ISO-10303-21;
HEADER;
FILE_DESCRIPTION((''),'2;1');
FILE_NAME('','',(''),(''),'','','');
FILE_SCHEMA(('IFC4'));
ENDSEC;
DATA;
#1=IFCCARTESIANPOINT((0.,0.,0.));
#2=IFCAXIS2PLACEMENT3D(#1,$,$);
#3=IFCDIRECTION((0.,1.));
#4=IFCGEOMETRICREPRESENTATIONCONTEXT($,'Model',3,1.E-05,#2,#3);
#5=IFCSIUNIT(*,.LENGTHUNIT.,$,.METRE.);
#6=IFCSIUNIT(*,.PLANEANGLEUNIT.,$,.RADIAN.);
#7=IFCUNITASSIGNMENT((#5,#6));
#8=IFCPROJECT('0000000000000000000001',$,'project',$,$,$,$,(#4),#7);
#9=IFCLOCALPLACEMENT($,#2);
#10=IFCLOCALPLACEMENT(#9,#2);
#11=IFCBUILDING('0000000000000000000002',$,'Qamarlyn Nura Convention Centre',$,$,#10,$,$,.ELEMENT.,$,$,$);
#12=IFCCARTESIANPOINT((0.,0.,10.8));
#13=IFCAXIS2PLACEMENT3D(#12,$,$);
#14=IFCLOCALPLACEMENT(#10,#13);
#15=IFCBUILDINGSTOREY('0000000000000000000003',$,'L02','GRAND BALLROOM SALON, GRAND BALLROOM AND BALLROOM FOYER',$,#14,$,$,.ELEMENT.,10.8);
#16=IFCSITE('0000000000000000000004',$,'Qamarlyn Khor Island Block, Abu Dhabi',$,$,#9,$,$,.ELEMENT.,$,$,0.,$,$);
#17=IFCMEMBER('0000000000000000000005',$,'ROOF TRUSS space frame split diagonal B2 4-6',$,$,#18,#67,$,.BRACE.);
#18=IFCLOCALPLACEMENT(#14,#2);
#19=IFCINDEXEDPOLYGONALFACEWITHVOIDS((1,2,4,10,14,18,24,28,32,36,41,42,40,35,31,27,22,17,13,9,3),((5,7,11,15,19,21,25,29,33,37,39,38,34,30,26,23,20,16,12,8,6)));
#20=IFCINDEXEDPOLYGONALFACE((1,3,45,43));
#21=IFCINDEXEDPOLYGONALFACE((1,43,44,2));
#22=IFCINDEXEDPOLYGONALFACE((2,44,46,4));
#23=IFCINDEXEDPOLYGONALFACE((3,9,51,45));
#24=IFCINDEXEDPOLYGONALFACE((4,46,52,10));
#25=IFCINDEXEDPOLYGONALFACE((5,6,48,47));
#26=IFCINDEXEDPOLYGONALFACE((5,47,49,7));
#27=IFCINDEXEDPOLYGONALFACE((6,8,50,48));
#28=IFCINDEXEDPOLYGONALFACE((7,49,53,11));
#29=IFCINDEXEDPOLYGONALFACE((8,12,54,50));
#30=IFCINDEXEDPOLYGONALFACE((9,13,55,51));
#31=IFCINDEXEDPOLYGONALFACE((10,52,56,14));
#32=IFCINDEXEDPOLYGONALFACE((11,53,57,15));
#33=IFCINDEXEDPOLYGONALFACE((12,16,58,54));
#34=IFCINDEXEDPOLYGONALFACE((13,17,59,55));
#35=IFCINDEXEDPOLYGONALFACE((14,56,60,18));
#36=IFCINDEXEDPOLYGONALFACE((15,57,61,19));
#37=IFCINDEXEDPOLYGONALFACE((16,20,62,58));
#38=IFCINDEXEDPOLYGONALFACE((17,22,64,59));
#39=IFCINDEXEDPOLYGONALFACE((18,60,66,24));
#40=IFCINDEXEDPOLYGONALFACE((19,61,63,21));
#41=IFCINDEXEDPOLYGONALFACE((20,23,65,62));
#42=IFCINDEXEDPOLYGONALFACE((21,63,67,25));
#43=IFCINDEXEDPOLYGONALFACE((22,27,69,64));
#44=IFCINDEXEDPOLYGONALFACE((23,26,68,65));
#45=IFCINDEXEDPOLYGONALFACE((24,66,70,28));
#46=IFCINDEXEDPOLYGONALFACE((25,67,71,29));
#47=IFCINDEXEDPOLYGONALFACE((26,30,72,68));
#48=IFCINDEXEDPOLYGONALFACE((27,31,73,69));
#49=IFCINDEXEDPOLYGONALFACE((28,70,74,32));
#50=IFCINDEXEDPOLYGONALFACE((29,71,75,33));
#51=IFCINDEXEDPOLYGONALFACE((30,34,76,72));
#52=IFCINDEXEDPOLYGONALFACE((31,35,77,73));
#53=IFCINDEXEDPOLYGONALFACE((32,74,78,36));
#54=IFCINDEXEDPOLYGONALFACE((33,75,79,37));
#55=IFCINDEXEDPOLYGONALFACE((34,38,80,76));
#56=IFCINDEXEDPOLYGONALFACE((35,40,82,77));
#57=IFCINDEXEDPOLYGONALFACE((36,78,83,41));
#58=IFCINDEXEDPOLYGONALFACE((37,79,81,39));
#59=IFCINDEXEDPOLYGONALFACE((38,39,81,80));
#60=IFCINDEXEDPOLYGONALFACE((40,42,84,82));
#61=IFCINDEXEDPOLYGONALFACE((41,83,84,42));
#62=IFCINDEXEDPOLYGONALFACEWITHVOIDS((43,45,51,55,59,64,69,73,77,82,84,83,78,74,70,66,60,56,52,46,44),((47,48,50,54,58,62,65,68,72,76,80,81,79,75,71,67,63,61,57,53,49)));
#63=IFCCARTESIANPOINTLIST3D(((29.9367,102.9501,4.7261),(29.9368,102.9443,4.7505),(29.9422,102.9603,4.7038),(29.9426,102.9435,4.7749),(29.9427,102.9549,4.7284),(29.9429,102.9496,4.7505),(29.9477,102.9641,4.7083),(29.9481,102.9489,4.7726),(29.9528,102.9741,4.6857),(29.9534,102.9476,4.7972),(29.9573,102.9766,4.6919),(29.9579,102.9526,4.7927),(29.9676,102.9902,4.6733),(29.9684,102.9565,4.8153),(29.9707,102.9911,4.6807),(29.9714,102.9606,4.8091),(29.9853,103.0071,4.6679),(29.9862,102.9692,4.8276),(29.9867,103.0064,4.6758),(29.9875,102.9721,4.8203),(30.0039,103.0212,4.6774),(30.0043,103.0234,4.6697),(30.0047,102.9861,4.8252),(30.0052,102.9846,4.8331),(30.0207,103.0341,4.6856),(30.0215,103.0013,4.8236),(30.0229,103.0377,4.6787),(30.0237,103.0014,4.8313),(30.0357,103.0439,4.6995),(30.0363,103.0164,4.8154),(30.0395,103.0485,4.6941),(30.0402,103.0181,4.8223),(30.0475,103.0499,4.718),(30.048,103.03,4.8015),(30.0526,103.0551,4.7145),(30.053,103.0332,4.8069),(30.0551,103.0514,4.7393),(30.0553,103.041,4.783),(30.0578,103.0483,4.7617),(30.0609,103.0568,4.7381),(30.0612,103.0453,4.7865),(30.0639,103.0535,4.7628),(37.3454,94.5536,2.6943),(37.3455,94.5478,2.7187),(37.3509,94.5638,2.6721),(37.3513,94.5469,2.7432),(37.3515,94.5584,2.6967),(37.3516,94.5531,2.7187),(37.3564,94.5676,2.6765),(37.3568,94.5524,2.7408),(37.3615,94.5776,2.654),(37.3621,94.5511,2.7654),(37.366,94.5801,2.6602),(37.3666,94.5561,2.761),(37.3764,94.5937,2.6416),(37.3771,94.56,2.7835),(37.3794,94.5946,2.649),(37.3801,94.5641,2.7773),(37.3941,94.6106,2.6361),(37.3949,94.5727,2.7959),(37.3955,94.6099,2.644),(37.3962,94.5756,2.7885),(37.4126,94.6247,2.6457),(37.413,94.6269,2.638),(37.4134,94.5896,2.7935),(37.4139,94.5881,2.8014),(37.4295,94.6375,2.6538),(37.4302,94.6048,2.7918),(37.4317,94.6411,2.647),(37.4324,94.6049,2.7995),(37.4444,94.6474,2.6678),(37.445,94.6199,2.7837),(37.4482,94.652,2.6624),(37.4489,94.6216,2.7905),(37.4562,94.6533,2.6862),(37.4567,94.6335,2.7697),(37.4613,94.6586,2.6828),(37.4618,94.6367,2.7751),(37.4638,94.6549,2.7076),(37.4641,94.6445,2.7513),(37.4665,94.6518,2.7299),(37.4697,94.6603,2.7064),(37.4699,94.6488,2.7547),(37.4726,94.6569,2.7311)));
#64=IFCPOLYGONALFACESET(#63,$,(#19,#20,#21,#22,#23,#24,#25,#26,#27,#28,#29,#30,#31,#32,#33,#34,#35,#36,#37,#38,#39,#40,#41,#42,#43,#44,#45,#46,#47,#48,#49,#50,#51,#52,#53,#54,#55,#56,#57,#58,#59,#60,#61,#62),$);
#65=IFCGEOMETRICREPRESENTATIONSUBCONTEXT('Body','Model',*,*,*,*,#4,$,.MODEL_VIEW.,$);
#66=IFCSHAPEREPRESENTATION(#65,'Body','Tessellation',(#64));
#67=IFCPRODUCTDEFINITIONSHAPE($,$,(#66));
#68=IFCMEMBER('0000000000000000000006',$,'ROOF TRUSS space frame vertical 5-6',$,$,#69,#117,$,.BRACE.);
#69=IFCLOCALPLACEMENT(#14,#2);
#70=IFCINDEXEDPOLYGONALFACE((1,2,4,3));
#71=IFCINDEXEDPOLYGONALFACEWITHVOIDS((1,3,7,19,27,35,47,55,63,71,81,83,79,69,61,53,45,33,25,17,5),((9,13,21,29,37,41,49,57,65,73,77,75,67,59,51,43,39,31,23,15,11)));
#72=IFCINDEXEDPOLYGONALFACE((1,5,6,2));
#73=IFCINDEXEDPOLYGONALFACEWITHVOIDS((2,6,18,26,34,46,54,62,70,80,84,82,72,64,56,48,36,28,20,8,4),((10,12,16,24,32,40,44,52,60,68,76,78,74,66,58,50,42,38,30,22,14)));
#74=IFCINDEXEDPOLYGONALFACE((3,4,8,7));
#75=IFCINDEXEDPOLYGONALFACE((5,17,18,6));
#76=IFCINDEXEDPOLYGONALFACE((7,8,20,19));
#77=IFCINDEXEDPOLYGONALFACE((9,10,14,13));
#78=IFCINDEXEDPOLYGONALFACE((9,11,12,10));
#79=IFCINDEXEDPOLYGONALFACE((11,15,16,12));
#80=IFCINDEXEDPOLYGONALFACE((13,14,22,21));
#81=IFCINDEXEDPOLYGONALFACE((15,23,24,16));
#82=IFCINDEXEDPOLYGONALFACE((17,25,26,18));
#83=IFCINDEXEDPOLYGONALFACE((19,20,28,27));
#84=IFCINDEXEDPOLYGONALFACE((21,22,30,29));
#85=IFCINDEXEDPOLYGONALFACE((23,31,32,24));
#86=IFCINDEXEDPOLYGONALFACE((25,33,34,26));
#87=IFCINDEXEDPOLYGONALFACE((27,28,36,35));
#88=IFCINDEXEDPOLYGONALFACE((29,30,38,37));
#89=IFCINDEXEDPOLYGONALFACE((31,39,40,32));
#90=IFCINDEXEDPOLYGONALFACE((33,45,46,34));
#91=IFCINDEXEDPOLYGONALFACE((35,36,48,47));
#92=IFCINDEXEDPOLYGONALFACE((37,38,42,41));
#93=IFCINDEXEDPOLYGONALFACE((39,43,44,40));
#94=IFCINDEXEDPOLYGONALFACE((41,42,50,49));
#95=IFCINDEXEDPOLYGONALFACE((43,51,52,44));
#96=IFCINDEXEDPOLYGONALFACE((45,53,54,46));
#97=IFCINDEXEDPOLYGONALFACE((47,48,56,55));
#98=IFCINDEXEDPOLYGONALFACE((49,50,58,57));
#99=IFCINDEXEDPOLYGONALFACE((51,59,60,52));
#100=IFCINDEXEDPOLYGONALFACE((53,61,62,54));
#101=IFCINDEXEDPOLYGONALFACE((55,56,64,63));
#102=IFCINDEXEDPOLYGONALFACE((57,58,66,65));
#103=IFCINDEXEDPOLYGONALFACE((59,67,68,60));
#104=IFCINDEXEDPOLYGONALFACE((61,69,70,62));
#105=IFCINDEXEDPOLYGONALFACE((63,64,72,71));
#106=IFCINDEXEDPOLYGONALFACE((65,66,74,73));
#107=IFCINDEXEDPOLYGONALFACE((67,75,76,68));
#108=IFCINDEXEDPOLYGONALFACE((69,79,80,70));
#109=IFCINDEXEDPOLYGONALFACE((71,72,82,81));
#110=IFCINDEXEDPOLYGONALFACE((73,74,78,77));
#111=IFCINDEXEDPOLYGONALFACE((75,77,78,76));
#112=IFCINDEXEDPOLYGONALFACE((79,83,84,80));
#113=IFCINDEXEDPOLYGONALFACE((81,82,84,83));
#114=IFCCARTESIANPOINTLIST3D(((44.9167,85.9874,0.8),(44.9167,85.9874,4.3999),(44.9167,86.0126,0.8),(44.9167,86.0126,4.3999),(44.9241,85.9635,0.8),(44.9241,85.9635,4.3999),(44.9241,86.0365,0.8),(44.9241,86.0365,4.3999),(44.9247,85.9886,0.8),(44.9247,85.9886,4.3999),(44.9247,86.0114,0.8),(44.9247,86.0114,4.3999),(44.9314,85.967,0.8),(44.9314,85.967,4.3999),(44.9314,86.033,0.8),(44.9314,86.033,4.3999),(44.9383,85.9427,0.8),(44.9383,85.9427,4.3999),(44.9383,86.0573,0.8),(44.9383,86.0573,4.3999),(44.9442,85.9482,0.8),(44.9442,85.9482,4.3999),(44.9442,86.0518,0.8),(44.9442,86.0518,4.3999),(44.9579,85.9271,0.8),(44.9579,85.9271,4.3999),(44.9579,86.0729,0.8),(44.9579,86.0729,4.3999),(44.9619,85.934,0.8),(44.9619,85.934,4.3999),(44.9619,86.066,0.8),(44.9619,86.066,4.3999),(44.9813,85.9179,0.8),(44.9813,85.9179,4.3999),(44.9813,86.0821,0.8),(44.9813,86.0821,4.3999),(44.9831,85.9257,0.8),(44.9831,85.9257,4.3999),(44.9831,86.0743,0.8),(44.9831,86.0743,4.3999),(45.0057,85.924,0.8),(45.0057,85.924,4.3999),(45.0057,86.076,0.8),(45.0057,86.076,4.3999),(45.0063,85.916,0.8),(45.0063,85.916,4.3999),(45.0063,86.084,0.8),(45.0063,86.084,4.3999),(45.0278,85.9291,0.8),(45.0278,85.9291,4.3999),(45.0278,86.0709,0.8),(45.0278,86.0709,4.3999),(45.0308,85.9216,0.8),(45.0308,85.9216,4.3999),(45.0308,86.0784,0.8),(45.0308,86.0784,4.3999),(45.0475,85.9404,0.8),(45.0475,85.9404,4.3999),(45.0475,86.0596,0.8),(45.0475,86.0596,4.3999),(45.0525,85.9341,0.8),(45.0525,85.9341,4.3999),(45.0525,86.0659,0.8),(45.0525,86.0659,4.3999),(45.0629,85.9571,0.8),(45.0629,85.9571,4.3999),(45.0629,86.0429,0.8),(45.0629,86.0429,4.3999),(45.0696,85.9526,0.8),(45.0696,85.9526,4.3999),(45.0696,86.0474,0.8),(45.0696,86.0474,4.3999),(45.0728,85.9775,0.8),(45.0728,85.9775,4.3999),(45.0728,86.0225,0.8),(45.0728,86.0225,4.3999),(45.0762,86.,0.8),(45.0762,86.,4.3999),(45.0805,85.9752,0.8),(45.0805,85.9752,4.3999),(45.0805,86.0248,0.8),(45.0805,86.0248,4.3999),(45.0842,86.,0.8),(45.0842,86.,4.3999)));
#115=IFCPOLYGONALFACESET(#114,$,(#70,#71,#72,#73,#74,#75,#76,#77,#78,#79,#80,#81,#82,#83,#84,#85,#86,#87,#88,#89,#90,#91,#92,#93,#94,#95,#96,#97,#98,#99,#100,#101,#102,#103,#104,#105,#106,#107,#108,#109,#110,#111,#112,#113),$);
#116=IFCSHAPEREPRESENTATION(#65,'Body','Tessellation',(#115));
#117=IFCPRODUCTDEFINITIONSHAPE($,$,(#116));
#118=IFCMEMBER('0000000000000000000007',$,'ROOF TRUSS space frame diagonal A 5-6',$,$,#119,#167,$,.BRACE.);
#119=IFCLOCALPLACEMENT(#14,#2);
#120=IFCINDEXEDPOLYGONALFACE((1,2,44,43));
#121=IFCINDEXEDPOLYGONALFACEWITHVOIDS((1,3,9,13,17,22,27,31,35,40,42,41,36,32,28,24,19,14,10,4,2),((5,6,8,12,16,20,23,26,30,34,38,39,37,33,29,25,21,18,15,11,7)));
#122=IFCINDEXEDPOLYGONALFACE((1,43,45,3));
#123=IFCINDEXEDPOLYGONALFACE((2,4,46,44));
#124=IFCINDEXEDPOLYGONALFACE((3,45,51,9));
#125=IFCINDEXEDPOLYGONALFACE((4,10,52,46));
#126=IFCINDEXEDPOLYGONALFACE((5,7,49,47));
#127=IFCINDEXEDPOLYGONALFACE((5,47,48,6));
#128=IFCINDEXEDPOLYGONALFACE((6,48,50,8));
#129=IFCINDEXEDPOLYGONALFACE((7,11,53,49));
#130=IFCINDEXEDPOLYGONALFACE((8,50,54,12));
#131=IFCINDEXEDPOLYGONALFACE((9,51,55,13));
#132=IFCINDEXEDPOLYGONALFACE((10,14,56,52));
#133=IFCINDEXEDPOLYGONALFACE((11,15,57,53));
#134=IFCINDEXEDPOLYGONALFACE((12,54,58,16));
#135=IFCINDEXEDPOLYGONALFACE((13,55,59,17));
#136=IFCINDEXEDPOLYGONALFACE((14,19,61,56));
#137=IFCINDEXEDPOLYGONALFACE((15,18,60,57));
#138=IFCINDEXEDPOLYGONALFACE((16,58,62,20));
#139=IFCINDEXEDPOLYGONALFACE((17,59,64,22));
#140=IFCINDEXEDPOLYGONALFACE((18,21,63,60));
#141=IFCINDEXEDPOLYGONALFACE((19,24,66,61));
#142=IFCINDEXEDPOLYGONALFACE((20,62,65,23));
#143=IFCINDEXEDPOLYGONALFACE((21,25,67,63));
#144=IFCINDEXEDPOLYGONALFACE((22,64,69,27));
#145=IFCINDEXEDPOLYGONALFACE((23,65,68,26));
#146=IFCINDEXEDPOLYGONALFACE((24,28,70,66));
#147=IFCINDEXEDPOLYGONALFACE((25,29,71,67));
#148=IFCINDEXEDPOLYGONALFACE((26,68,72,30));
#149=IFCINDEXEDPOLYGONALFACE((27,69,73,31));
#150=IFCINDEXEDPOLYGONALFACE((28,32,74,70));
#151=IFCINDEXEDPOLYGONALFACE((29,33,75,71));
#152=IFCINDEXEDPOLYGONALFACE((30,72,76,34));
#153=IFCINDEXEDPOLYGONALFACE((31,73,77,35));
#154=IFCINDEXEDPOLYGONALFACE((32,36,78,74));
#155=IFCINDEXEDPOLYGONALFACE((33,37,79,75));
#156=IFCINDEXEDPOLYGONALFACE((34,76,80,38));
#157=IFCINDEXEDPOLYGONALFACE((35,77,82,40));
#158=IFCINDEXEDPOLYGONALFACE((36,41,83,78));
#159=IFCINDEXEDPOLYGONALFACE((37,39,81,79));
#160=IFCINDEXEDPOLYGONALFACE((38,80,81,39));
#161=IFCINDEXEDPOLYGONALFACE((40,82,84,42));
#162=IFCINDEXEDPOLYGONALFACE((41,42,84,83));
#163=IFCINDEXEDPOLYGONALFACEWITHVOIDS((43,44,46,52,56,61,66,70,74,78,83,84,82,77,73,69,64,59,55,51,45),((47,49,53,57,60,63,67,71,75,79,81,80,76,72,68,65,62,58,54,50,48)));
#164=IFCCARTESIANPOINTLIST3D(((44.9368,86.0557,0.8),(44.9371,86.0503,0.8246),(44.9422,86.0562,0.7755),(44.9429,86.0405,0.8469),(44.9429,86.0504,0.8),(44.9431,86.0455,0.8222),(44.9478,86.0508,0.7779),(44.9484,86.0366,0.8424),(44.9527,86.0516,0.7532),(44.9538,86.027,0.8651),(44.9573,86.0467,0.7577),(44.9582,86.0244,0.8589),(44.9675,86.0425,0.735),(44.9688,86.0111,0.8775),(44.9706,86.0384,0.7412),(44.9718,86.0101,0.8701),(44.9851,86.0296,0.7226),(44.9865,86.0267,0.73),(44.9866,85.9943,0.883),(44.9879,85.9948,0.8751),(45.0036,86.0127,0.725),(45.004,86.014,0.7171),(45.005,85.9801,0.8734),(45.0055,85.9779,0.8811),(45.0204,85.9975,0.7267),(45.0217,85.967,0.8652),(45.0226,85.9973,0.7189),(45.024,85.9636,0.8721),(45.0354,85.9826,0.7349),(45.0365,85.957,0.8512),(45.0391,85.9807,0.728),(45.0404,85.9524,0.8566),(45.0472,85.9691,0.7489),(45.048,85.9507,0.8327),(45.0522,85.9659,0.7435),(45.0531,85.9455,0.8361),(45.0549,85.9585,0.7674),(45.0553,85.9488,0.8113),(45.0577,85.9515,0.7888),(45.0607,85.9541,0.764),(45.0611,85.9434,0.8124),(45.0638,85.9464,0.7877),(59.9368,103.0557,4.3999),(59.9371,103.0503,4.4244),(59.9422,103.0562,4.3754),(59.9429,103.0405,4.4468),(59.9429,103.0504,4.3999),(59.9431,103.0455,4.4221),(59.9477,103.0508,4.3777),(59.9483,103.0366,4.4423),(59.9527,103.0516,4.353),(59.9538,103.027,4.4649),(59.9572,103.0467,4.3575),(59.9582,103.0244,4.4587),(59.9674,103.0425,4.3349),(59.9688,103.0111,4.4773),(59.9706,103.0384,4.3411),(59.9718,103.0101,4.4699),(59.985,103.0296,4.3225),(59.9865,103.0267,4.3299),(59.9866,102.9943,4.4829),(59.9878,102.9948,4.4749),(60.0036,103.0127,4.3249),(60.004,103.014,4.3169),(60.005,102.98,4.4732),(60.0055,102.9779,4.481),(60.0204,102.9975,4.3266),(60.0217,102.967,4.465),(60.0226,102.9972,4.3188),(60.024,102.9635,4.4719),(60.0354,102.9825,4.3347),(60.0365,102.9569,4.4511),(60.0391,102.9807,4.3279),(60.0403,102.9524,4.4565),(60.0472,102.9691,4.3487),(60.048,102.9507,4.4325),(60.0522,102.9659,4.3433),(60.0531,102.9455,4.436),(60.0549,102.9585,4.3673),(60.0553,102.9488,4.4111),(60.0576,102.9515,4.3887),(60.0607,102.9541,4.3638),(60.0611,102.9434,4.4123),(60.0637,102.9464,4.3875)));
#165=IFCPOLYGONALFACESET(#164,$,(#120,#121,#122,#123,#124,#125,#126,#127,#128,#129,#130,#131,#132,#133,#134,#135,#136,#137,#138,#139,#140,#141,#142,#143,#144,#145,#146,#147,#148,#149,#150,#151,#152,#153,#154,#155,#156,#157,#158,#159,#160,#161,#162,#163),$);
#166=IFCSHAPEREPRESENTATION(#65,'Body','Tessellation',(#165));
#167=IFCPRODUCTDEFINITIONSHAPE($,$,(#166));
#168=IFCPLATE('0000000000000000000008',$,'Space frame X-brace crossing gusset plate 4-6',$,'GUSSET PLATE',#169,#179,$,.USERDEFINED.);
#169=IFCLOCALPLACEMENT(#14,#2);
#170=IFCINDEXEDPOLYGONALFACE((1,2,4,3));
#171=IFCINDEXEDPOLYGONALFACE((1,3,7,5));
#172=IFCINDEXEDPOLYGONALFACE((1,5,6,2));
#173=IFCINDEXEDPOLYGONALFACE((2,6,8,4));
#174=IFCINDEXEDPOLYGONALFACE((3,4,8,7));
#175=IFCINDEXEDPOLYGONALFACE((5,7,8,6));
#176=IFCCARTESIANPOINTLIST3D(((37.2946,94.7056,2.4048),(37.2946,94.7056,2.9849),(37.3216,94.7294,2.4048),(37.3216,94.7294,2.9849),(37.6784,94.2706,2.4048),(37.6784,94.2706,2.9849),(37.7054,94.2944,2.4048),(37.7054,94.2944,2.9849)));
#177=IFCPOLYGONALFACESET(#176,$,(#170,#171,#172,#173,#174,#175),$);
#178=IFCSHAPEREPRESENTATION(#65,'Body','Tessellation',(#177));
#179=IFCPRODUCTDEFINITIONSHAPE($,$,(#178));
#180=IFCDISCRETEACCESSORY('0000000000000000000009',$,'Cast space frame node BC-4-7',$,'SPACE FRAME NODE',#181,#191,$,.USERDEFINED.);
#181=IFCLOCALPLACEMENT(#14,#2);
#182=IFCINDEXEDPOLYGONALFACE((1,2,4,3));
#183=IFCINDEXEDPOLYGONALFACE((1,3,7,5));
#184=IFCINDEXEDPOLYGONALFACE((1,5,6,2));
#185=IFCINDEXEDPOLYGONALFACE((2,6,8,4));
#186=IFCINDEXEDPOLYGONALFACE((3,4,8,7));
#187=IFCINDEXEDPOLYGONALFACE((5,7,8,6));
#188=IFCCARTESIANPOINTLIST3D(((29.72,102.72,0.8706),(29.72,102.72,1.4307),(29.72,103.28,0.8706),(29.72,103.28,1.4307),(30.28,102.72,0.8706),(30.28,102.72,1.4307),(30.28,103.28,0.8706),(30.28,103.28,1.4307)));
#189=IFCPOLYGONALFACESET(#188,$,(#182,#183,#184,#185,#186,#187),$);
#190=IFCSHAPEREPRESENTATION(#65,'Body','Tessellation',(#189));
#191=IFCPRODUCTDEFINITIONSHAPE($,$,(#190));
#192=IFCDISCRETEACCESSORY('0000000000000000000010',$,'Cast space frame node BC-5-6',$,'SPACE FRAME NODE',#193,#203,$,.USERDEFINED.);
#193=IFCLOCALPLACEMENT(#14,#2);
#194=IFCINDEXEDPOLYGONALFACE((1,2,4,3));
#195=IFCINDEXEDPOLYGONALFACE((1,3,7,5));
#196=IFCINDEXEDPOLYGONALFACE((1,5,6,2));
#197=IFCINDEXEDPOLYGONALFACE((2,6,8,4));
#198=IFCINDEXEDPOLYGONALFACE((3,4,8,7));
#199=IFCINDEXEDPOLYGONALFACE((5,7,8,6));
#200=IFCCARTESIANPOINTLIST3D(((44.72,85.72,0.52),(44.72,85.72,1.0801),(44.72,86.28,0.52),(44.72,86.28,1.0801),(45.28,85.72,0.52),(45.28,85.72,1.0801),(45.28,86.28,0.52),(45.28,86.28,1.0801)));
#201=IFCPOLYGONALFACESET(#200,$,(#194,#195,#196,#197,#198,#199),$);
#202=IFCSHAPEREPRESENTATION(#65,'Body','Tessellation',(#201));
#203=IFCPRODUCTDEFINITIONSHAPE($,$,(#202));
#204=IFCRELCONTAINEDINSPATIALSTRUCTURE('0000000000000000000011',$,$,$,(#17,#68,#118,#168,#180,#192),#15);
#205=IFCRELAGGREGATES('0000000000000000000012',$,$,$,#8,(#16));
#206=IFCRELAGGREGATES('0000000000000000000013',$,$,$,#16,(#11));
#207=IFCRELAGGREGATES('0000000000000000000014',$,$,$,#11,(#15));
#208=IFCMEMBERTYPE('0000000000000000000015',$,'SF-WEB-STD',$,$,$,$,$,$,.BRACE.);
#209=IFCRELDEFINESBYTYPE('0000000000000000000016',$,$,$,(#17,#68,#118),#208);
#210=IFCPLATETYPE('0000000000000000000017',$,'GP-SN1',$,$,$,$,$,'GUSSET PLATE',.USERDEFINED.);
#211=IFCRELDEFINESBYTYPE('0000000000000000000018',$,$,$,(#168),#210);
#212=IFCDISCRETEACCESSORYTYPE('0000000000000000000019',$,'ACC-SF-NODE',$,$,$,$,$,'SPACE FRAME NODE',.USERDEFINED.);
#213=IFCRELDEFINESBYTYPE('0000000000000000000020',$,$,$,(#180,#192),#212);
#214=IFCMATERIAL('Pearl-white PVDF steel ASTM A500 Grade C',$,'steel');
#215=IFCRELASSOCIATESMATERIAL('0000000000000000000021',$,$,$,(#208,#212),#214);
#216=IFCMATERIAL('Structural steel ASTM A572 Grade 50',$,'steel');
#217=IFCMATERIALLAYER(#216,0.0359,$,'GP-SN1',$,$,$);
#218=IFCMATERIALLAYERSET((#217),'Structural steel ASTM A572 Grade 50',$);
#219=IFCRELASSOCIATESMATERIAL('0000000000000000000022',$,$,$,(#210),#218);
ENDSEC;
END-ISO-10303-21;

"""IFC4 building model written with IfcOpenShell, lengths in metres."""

from ifc_helpers import new_model, si_unit, direction, frame, origin, origin_2d, place, context, subcontext, project, spatial, rectangle, hollow_circle, extrude, material, layer, layer_set, material_profile, profile_set, type_object, element, save


model = new_model("IFC4")

# Units and contexts
model_context = context("Model", 3, precision=1e-05, world=origin(), true_north=direction((0.0, 1.0)))
body_context = subcontext(model_context, "Body", "Model", "MODEL_VIEW")
ifc_project = project(units=[si_unit("LENGTHUNIT", "METRE"), si_unit("PLANEANGLEUNIT", "RADIAN")], contexts=[model_context])

# Site, building, storey
site_placement = place(None, origin())
site = spatial("IfcSite", under=ifc_project, at=site_placement, Name="Qamarlyn Khor Island Block, Abu Dhabi", CompositionType="ELEMENT", RefElevation=0.0)
building_placement = place(site_placement, origin())
building = spatial("IfcBuilding", under=site, at=building_placement, Name="Qamarlyn Nura Convention Centre", CompositionType="ELEMENT")
storey_placement = place(building_placement, frame((0.0, 0.0, 10.8)))
storey = spatial("IfcBuildingStorey", under=building, at=storey_placement, Name="L02", Description="GRAND BALLROOM SALON, GRAND BALLROOM AND BALLROOM FOYER", CompositionType="ELEMENT", Elevation=10.8)

# Shared definitions
ifc_material_1 = material(Name="Pearl-white PVDF steel ASTM A500 Grade C", Category="steel")

# Members
ifc_material_profile_1 = material_profile(ifc_material_1, hollow_circle(Radius=0.0842, WallThickness=0.0081, at=origin_2d()), Name="CHS168.3X8")
ifc_profile_set_1 = profile_set([ifc_material_profile_1], Name="Pearl-white PVDF steel ASTM A500 Grade C")
member_type_1 = type_object("IfcMemberType", Name="SF-WEB-STD", PredefinedType="BRACE", material=ifc_profile_set_1)
member_1_placement = place(storey_placement, frame((37.4087, 94.6035, 2.7188), z_axis=(-0.650994, 0.73779, 0.178527), x_axis=(-0.749837, -0.661623, 0.0)))
element("IfcMember", 1, at=member_1_placement, inside=storey, type_object=member_type_1, Name="ROOF TRUSS space frame split diagonal B2 4-6", PredefinedType="BRACE", context=body_context, shape_type="SweptSolid", body=[
    extrude(hollow_circle(Radius=0.0842, WallThickness=0.0081, at=origin_2d()), origin(), (0.0, 0.0, 1.0), 11.3806),
])
member_2_placement = place(storey_placement, frame((45.0, 86.0, 0.8), z_axis=(0.0, 0.0, 1.0), x_axis=(1.0, 0.0, 0.0)))
element("IfcMember", 2, at=member_2_placement, inside=storey, type_object=member_type_1, Name="ROOF TRUSS space frame vertical 5-6", PredefinedType="BRACE", context=body_context, shape_type="SweptSolid", body=[
    extrude(hollow_circle(Radius=0.0842, WallThickness=0.0081, at=origin_2d()), origin(), (0.0, 0.0, 1.0), 3.5999),
])
member_3_placement = place(storey_placement, frame((45.0, 86.0, 0.8), z_axis=(0.653436, 0.74056, 0.156818), x_axis=(-0.749838, 0.661622, 0.0)))
element("IfcMember", 3, at=member_3_placement, inside=storey, type_object=member_type_1, Name="ROOF TRUSS space frame diagonal A 5-6", PredefinedType="BRACE", context=body_context, shape_type="SweptSolid", body=[
    extrude(hollow_circle(Radius=0.0842, WallThickness=0.0081, at=origin_2d()), origin(), (0.0, 0.0, 1.0), 22.9556),
])

# Plate
ifc_material_2 = material(Name="Structural steel ASTM A572 Grade 50", Category="steel")
ifc_layer = layer(ifc_material_2, 0.0359, Name="GP-SN1")
ifc_layer_set = layer_set([ifc_layer], Name="Structural steel ASTM A572 Grade 50")
plate_type = type_object("IfcPlateType", Name="GP-SN1", ElementType="GUSSET PLATE", PredefinedType="USERDEFINED", material=ifc_layer_set)
plate_placement = place(storey_placement, frame((37.5, 94.5, 2.4048), z_axis=(0.0, 0.0, 1.0), x_axis=(-0.661622, 0.749837, 0.0)))
element("IfcPlate", 4, at=plate_placement, inside=storey, type_object=plate_type, Name="Space frame X-brace crossing gusset plate 4-6", ObjectType="GUSSET PLATE", PredefinedType="USERDEFINED", context=body_context, shape_type="SweptSolid", body=[
    extrude(rectangle(XDim=0.5801, YDim=0.0359, at=origin_2d()), origin(), (0.0, 0.0, 1.0), 0.5801),
])

# Discrete accessories
discrete_accessory_type = type_object("IfcDiscreteAccessoryType", Name="ACC-SF-NODE", ElementType="SPACE FRAME NODE", PredefinedType="USERDEFINED", material=ifc_material_1)
for number, where, z_axis, x_axis, name in (
    (5, (30.0, 103.0, 0.8706), (0.0, 0.0, 1.0), (1.0, 0.0, 0.0), "Cast space frame node BC-4-7"),
    (6, (45.0, 86.0, 0.52), (0.0, 0.0, 1.0), (1.0, 0.0, 0.0), "Cast space frame node BC-5-6"),
):
    element("IfcDiscreteAccessory", number, at=place(storey_placement, frame(where, z_axis=z_axis, x_axis=x_axis)), inside=storey, type_object=discrete_accessory_type, Name=name, ObjectType="SPACE FRAME NODE", PredefinedType="USERDEFINED", context=body_context, shape_type="SweptSolid", body=[
        extrude(rectangle(XDim=0.5601, YDim=0.5601, at=origin_2d()), origin(), (0.0, 0.0, 1.0), 0.5601),
    ])

save(model, "model.ifc")
